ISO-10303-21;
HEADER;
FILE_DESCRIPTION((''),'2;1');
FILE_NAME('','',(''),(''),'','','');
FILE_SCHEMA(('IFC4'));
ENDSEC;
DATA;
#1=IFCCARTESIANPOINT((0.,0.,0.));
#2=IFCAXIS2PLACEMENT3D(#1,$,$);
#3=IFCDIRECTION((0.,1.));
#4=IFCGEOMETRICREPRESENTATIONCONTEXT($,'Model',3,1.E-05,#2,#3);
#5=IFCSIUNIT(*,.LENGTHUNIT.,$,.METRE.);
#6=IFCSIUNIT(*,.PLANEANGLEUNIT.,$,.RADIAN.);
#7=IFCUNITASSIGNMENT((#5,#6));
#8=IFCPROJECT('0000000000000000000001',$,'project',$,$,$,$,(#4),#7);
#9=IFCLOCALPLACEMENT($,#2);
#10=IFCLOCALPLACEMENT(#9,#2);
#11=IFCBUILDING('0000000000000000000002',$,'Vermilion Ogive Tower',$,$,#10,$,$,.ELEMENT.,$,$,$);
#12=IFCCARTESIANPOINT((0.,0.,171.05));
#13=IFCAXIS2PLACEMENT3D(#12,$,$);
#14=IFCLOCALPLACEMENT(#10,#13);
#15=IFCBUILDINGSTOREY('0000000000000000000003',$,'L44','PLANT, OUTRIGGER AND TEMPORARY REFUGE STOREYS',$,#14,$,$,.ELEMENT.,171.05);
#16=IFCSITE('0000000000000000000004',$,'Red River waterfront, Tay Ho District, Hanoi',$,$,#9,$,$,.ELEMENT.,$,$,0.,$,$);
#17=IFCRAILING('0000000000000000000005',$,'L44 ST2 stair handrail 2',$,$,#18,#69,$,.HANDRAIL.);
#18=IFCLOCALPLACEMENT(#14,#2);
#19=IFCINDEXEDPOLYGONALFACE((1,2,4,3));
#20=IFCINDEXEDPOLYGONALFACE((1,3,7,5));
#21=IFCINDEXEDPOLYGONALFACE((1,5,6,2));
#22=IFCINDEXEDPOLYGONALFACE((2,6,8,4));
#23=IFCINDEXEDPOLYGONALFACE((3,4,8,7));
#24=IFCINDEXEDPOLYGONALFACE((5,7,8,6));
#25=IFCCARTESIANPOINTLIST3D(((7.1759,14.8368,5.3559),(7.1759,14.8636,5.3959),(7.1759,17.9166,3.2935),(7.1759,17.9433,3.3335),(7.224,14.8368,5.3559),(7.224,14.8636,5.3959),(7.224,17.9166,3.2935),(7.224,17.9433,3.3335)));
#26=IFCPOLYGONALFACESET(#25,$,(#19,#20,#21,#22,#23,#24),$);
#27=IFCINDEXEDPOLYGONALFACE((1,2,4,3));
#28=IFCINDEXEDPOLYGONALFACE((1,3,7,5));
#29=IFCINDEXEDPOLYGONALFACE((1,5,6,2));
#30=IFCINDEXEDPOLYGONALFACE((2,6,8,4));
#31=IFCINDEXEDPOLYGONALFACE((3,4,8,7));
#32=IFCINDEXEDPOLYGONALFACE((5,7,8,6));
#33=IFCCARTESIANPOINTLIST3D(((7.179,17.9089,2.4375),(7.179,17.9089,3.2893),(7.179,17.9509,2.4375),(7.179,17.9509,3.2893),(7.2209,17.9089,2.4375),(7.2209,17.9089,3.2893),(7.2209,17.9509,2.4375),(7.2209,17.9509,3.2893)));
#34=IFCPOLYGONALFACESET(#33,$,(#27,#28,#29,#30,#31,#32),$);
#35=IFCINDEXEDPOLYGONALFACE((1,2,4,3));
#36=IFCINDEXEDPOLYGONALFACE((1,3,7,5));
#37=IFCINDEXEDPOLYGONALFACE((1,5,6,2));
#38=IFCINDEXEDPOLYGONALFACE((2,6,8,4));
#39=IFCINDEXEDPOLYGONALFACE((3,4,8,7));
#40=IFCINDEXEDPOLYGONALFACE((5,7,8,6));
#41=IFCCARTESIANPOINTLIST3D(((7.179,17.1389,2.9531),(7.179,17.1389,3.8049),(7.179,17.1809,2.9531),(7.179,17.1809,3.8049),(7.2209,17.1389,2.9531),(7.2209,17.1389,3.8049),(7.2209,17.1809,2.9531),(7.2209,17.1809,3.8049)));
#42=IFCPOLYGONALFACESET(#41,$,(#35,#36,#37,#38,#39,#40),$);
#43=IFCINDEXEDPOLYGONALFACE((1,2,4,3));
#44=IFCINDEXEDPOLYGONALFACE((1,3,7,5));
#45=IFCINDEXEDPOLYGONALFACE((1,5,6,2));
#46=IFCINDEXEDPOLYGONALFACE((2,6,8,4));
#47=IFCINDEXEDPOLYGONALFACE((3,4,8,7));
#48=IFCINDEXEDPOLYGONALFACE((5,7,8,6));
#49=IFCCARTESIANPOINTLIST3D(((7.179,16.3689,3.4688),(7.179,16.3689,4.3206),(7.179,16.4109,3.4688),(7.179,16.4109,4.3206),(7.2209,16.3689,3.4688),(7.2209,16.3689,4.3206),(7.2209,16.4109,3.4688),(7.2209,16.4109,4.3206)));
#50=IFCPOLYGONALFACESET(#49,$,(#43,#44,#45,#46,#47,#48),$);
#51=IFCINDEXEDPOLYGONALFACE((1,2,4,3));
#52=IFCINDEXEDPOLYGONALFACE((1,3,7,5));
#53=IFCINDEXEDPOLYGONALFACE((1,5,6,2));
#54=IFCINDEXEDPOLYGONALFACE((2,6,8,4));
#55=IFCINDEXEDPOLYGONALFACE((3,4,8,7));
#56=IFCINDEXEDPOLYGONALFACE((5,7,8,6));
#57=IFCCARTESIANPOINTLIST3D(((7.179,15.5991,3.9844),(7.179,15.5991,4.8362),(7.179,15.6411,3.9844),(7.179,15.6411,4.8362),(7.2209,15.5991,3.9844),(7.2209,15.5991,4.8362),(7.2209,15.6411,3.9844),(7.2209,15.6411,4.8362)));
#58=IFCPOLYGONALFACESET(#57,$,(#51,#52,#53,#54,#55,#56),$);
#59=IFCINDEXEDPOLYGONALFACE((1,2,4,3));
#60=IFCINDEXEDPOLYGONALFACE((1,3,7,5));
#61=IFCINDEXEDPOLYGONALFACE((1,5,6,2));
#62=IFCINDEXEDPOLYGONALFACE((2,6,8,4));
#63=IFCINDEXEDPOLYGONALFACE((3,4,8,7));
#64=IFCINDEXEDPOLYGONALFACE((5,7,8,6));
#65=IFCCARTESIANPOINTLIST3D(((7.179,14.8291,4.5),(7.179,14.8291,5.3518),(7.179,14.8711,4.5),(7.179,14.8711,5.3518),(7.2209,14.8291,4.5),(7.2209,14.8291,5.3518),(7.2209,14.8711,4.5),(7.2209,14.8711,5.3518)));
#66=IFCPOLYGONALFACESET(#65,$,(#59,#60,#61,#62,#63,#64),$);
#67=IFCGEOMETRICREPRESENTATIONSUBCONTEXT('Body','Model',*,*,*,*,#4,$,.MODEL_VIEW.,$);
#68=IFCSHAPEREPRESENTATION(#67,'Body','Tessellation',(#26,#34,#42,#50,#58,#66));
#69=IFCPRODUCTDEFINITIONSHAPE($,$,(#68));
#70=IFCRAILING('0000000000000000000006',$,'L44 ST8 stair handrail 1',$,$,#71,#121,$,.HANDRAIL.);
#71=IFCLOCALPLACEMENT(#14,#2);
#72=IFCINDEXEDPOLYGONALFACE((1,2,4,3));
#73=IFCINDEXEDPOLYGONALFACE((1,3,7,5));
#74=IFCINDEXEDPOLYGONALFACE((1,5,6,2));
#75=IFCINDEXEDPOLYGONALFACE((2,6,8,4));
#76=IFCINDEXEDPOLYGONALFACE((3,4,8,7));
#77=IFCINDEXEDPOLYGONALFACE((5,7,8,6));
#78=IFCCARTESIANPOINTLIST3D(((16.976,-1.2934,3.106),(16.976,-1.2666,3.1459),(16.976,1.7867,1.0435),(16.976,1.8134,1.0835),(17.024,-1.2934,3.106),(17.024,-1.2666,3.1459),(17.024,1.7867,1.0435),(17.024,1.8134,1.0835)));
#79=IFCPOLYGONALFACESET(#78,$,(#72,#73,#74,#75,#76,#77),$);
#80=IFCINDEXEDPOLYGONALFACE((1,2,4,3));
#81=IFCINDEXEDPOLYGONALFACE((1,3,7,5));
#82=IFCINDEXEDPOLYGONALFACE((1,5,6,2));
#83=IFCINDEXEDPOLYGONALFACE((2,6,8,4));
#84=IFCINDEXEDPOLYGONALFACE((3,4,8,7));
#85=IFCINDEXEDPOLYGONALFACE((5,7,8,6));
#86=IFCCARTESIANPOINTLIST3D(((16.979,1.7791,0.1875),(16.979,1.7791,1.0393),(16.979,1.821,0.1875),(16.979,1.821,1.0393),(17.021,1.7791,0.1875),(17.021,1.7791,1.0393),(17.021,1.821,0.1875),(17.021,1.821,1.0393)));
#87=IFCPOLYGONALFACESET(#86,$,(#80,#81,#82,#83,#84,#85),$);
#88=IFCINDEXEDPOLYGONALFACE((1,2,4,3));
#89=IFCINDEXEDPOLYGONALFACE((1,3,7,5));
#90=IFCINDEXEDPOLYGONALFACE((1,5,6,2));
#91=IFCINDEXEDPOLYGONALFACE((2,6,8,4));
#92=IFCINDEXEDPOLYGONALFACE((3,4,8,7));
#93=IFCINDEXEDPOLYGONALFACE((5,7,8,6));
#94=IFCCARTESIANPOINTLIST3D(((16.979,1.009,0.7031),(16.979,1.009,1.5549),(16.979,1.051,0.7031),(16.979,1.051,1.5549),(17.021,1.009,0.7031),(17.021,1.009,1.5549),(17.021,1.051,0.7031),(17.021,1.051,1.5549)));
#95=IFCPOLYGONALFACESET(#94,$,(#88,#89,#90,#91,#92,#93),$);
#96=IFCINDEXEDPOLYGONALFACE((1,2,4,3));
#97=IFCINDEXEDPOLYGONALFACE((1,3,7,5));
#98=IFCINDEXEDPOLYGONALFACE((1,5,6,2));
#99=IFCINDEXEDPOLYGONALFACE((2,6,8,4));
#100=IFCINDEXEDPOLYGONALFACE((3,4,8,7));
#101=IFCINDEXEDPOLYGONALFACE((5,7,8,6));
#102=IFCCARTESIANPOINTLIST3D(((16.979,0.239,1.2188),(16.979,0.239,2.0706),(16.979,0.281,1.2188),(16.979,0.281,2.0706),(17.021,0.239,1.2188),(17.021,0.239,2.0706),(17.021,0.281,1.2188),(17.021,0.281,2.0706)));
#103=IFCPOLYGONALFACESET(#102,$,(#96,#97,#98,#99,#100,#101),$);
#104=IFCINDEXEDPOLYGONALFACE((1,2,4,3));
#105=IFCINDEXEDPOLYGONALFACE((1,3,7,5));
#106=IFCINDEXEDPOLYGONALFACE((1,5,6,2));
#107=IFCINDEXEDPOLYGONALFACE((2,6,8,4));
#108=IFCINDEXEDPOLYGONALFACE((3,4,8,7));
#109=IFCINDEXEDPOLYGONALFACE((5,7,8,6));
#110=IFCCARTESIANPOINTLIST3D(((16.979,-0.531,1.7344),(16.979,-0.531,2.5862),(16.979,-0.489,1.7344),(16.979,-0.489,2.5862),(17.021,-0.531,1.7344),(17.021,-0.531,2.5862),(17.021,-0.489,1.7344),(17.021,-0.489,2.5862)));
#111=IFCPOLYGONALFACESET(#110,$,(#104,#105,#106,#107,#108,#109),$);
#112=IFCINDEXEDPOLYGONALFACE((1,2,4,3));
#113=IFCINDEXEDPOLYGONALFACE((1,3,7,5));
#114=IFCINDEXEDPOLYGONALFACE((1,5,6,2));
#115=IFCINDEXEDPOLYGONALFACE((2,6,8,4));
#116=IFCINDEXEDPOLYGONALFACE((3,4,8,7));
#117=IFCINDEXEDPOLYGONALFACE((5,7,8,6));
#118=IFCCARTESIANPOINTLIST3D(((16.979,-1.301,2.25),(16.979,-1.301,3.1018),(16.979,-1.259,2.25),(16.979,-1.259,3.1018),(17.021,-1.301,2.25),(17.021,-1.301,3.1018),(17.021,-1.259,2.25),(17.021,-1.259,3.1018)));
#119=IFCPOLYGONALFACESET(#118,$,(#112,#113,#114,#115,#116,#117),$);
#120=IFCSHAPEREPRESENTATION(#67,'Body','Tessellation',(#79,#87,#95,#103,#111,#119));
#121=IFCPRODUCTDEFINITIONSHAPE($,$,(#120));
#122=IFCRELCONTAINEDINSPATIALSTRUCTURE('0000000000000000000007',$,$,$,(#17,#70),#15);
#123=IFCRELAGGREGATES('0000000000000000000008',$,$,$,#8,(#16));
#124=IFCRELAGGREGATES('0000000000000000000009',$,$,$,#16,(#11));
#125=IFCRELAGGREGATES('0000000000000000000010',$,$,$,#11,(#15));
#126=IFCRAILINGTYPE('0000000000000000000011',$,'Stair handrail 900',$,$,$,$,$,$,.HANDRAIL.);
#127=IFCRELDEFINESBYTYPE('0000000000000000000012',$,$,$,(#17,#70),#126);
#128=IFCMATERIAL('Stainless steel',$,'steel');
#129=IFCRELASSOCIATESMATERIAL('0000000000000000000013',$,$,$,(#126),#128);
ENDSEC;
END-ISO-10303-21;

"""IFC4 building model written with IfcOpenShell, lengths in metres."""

from ifc_helpers import new_model, si_unit, direction, frame, origin, origin_2d, place, context, subcontext, project, spatial, rectangle, extrude, material, type_object, element, save


model = new_model("IFC4")

# Units and contexts
model_context = context("Model", 3, precision=1e-05, world=origin(), true_north=direction((0.0, 1.0)))
body_context = subcontext(model_context, "Body", "Model", "MODEL_VIEW")
ifc_project = project(units=[si_unit("LENGTHUNIT", "METRE"), si_unit("PLANEANGLEUNIT", "RADIAN")], contexts=[model_context])

# Site, building, storey
site_placement = place(None, origin())
site = spatial("IfcSite", under=ifc_project, at=site_placement, Name="Red River waterfront, Tay Ho District, Hanoi", CompositionType="ELEMENT", RefElevation=0.0)
building_placement = place(site_placement, origin())
building = spatial("IfcBuilding", under=site, at=building_placement, Name="Vermilion Ogive Tower", CompositionType="ELEMENT")
storey_placement = place(building_placement, frame((0.0, 0.0, 171.05)))
storey = spatial("IfcBuildingStorey", under=building, at=storey_placement, Name="L44", Description="PLANT, OUTRIGGER AND TEMPORARY REFUGE STOREYS", CompositionType="ELEMENT", Elevation=171.05)

# Railings
ifc_material_1 = material(Name="Stainless steel", Category="steel")
railing_type_1 = type_object("IfcRailingType", Name="Stair handrail 900", PredefinedType="HANDRAIL", material=ifc_material_1)
railing_1_placement = place(storey_placement, frame((7.2, 17.9299, 2.4375)))
element("IfcRailing", 1, at=railing_1_placement, inside=storey, type_object=railing_type_1, Name="L44 ST2 stair handrail 2", PredefinedType="HANDRAIL", context=body_context, shape_type="SweptSolid", body=[
    extrude(rectangle(XDim=0.0481, YDim=0.0481, at=origin_2d()), frame((0.0, 0.0, 0.876), z_axis=(0.0, -0.830893, 0.556432), x_axis=(1.0, 0.0, 0.0)), (0.0, 0.0, 1.0), 3.7065),
    extrude(rectangle(XDim=0.042, YDim=0.042, at=origin_2d()), origin(), (0.0, 0.0, 1.0), 0.8518),
    extrude(rectangle(XDim=0.042, YDim=0.042, at=origin_2d()), frame((0.0, -0.77, 0.5156)), (0.0, 0.0, 1.0), 0.8518),
    extrude(rectangle(XDim=0.042, YDim=0.042, at=origin_2d()), frame((0.0, -1.54, 1.0312)), (0.0, 0.0, 1.0), 0.8518),
    extrude(rectangle(XDim=0.042, YDim=0.042, at=origin_2d()), frame((0.0, -2.3098, 1.5469)), (0.0, 0.0, 1.0), 0.8518),
    extrude(rectangle(XDim=0.042, YDim=0.042, at=origin_2d()), frame((0.0, -3.0798, 2.0625)), (0.0, 0.0, 1.0), 0.8518),
])
railing_2_placement = place(storey_placement, frame((17.0, 1.8, 0.1875)))
element("IfcRailing", 2, at=railing_2_placement, inside=storey, type_object=railing_type_1, Name="L44 ST8 stair handrail 1", PredefinedType="HANDRAIL", context=body_context, shape_type="SweptSolid", body=[
    extrude(rectangle(XDim=0.0481, YDim=0.0481, at=origin_2d()), frame((0.0, 0.0, 0.876), z_axis=(0.0, -0.830914, 0.556401), x_axis=(1.0, 0.0, 0.0)), (0.0, 0.0, 1.0), 3.7068),
    extrude(rectangle(XDim=0.042, YDim=0.042, at=origin_2d()), origin(), (0.0, 0.0, 1.0), 0.8518),
    extrude(rectangle(XDim=0.042, YDim=0.042, at=origin_2d()), frame((0.0, -0.77, 0.5156)), (0.0, 0.0, 1.0), 0.8518),
    extrude(rectangle(XDim=0.042, YDim=0.042, at=origin_2d()), frame((0.0, -1.54, 1.0312)), (0.0, 0.0, 1.0), 0.8518),
    extrude(rectangle(XDim=0.042, YDim=0.042, at=origin_2d()), frame((0.0, -2.3101, 1.5469)), (0.0, 0.0, 1.0), 0.8518),
    extrude(rectangle(XDim=0.042, YDim=0.042, at=origin_2d()), frame((0.0, -3.0801, 2.0625)), (0.0, 0.0, 1.0), 0.8518),
])

save(model, "model.ifc")
